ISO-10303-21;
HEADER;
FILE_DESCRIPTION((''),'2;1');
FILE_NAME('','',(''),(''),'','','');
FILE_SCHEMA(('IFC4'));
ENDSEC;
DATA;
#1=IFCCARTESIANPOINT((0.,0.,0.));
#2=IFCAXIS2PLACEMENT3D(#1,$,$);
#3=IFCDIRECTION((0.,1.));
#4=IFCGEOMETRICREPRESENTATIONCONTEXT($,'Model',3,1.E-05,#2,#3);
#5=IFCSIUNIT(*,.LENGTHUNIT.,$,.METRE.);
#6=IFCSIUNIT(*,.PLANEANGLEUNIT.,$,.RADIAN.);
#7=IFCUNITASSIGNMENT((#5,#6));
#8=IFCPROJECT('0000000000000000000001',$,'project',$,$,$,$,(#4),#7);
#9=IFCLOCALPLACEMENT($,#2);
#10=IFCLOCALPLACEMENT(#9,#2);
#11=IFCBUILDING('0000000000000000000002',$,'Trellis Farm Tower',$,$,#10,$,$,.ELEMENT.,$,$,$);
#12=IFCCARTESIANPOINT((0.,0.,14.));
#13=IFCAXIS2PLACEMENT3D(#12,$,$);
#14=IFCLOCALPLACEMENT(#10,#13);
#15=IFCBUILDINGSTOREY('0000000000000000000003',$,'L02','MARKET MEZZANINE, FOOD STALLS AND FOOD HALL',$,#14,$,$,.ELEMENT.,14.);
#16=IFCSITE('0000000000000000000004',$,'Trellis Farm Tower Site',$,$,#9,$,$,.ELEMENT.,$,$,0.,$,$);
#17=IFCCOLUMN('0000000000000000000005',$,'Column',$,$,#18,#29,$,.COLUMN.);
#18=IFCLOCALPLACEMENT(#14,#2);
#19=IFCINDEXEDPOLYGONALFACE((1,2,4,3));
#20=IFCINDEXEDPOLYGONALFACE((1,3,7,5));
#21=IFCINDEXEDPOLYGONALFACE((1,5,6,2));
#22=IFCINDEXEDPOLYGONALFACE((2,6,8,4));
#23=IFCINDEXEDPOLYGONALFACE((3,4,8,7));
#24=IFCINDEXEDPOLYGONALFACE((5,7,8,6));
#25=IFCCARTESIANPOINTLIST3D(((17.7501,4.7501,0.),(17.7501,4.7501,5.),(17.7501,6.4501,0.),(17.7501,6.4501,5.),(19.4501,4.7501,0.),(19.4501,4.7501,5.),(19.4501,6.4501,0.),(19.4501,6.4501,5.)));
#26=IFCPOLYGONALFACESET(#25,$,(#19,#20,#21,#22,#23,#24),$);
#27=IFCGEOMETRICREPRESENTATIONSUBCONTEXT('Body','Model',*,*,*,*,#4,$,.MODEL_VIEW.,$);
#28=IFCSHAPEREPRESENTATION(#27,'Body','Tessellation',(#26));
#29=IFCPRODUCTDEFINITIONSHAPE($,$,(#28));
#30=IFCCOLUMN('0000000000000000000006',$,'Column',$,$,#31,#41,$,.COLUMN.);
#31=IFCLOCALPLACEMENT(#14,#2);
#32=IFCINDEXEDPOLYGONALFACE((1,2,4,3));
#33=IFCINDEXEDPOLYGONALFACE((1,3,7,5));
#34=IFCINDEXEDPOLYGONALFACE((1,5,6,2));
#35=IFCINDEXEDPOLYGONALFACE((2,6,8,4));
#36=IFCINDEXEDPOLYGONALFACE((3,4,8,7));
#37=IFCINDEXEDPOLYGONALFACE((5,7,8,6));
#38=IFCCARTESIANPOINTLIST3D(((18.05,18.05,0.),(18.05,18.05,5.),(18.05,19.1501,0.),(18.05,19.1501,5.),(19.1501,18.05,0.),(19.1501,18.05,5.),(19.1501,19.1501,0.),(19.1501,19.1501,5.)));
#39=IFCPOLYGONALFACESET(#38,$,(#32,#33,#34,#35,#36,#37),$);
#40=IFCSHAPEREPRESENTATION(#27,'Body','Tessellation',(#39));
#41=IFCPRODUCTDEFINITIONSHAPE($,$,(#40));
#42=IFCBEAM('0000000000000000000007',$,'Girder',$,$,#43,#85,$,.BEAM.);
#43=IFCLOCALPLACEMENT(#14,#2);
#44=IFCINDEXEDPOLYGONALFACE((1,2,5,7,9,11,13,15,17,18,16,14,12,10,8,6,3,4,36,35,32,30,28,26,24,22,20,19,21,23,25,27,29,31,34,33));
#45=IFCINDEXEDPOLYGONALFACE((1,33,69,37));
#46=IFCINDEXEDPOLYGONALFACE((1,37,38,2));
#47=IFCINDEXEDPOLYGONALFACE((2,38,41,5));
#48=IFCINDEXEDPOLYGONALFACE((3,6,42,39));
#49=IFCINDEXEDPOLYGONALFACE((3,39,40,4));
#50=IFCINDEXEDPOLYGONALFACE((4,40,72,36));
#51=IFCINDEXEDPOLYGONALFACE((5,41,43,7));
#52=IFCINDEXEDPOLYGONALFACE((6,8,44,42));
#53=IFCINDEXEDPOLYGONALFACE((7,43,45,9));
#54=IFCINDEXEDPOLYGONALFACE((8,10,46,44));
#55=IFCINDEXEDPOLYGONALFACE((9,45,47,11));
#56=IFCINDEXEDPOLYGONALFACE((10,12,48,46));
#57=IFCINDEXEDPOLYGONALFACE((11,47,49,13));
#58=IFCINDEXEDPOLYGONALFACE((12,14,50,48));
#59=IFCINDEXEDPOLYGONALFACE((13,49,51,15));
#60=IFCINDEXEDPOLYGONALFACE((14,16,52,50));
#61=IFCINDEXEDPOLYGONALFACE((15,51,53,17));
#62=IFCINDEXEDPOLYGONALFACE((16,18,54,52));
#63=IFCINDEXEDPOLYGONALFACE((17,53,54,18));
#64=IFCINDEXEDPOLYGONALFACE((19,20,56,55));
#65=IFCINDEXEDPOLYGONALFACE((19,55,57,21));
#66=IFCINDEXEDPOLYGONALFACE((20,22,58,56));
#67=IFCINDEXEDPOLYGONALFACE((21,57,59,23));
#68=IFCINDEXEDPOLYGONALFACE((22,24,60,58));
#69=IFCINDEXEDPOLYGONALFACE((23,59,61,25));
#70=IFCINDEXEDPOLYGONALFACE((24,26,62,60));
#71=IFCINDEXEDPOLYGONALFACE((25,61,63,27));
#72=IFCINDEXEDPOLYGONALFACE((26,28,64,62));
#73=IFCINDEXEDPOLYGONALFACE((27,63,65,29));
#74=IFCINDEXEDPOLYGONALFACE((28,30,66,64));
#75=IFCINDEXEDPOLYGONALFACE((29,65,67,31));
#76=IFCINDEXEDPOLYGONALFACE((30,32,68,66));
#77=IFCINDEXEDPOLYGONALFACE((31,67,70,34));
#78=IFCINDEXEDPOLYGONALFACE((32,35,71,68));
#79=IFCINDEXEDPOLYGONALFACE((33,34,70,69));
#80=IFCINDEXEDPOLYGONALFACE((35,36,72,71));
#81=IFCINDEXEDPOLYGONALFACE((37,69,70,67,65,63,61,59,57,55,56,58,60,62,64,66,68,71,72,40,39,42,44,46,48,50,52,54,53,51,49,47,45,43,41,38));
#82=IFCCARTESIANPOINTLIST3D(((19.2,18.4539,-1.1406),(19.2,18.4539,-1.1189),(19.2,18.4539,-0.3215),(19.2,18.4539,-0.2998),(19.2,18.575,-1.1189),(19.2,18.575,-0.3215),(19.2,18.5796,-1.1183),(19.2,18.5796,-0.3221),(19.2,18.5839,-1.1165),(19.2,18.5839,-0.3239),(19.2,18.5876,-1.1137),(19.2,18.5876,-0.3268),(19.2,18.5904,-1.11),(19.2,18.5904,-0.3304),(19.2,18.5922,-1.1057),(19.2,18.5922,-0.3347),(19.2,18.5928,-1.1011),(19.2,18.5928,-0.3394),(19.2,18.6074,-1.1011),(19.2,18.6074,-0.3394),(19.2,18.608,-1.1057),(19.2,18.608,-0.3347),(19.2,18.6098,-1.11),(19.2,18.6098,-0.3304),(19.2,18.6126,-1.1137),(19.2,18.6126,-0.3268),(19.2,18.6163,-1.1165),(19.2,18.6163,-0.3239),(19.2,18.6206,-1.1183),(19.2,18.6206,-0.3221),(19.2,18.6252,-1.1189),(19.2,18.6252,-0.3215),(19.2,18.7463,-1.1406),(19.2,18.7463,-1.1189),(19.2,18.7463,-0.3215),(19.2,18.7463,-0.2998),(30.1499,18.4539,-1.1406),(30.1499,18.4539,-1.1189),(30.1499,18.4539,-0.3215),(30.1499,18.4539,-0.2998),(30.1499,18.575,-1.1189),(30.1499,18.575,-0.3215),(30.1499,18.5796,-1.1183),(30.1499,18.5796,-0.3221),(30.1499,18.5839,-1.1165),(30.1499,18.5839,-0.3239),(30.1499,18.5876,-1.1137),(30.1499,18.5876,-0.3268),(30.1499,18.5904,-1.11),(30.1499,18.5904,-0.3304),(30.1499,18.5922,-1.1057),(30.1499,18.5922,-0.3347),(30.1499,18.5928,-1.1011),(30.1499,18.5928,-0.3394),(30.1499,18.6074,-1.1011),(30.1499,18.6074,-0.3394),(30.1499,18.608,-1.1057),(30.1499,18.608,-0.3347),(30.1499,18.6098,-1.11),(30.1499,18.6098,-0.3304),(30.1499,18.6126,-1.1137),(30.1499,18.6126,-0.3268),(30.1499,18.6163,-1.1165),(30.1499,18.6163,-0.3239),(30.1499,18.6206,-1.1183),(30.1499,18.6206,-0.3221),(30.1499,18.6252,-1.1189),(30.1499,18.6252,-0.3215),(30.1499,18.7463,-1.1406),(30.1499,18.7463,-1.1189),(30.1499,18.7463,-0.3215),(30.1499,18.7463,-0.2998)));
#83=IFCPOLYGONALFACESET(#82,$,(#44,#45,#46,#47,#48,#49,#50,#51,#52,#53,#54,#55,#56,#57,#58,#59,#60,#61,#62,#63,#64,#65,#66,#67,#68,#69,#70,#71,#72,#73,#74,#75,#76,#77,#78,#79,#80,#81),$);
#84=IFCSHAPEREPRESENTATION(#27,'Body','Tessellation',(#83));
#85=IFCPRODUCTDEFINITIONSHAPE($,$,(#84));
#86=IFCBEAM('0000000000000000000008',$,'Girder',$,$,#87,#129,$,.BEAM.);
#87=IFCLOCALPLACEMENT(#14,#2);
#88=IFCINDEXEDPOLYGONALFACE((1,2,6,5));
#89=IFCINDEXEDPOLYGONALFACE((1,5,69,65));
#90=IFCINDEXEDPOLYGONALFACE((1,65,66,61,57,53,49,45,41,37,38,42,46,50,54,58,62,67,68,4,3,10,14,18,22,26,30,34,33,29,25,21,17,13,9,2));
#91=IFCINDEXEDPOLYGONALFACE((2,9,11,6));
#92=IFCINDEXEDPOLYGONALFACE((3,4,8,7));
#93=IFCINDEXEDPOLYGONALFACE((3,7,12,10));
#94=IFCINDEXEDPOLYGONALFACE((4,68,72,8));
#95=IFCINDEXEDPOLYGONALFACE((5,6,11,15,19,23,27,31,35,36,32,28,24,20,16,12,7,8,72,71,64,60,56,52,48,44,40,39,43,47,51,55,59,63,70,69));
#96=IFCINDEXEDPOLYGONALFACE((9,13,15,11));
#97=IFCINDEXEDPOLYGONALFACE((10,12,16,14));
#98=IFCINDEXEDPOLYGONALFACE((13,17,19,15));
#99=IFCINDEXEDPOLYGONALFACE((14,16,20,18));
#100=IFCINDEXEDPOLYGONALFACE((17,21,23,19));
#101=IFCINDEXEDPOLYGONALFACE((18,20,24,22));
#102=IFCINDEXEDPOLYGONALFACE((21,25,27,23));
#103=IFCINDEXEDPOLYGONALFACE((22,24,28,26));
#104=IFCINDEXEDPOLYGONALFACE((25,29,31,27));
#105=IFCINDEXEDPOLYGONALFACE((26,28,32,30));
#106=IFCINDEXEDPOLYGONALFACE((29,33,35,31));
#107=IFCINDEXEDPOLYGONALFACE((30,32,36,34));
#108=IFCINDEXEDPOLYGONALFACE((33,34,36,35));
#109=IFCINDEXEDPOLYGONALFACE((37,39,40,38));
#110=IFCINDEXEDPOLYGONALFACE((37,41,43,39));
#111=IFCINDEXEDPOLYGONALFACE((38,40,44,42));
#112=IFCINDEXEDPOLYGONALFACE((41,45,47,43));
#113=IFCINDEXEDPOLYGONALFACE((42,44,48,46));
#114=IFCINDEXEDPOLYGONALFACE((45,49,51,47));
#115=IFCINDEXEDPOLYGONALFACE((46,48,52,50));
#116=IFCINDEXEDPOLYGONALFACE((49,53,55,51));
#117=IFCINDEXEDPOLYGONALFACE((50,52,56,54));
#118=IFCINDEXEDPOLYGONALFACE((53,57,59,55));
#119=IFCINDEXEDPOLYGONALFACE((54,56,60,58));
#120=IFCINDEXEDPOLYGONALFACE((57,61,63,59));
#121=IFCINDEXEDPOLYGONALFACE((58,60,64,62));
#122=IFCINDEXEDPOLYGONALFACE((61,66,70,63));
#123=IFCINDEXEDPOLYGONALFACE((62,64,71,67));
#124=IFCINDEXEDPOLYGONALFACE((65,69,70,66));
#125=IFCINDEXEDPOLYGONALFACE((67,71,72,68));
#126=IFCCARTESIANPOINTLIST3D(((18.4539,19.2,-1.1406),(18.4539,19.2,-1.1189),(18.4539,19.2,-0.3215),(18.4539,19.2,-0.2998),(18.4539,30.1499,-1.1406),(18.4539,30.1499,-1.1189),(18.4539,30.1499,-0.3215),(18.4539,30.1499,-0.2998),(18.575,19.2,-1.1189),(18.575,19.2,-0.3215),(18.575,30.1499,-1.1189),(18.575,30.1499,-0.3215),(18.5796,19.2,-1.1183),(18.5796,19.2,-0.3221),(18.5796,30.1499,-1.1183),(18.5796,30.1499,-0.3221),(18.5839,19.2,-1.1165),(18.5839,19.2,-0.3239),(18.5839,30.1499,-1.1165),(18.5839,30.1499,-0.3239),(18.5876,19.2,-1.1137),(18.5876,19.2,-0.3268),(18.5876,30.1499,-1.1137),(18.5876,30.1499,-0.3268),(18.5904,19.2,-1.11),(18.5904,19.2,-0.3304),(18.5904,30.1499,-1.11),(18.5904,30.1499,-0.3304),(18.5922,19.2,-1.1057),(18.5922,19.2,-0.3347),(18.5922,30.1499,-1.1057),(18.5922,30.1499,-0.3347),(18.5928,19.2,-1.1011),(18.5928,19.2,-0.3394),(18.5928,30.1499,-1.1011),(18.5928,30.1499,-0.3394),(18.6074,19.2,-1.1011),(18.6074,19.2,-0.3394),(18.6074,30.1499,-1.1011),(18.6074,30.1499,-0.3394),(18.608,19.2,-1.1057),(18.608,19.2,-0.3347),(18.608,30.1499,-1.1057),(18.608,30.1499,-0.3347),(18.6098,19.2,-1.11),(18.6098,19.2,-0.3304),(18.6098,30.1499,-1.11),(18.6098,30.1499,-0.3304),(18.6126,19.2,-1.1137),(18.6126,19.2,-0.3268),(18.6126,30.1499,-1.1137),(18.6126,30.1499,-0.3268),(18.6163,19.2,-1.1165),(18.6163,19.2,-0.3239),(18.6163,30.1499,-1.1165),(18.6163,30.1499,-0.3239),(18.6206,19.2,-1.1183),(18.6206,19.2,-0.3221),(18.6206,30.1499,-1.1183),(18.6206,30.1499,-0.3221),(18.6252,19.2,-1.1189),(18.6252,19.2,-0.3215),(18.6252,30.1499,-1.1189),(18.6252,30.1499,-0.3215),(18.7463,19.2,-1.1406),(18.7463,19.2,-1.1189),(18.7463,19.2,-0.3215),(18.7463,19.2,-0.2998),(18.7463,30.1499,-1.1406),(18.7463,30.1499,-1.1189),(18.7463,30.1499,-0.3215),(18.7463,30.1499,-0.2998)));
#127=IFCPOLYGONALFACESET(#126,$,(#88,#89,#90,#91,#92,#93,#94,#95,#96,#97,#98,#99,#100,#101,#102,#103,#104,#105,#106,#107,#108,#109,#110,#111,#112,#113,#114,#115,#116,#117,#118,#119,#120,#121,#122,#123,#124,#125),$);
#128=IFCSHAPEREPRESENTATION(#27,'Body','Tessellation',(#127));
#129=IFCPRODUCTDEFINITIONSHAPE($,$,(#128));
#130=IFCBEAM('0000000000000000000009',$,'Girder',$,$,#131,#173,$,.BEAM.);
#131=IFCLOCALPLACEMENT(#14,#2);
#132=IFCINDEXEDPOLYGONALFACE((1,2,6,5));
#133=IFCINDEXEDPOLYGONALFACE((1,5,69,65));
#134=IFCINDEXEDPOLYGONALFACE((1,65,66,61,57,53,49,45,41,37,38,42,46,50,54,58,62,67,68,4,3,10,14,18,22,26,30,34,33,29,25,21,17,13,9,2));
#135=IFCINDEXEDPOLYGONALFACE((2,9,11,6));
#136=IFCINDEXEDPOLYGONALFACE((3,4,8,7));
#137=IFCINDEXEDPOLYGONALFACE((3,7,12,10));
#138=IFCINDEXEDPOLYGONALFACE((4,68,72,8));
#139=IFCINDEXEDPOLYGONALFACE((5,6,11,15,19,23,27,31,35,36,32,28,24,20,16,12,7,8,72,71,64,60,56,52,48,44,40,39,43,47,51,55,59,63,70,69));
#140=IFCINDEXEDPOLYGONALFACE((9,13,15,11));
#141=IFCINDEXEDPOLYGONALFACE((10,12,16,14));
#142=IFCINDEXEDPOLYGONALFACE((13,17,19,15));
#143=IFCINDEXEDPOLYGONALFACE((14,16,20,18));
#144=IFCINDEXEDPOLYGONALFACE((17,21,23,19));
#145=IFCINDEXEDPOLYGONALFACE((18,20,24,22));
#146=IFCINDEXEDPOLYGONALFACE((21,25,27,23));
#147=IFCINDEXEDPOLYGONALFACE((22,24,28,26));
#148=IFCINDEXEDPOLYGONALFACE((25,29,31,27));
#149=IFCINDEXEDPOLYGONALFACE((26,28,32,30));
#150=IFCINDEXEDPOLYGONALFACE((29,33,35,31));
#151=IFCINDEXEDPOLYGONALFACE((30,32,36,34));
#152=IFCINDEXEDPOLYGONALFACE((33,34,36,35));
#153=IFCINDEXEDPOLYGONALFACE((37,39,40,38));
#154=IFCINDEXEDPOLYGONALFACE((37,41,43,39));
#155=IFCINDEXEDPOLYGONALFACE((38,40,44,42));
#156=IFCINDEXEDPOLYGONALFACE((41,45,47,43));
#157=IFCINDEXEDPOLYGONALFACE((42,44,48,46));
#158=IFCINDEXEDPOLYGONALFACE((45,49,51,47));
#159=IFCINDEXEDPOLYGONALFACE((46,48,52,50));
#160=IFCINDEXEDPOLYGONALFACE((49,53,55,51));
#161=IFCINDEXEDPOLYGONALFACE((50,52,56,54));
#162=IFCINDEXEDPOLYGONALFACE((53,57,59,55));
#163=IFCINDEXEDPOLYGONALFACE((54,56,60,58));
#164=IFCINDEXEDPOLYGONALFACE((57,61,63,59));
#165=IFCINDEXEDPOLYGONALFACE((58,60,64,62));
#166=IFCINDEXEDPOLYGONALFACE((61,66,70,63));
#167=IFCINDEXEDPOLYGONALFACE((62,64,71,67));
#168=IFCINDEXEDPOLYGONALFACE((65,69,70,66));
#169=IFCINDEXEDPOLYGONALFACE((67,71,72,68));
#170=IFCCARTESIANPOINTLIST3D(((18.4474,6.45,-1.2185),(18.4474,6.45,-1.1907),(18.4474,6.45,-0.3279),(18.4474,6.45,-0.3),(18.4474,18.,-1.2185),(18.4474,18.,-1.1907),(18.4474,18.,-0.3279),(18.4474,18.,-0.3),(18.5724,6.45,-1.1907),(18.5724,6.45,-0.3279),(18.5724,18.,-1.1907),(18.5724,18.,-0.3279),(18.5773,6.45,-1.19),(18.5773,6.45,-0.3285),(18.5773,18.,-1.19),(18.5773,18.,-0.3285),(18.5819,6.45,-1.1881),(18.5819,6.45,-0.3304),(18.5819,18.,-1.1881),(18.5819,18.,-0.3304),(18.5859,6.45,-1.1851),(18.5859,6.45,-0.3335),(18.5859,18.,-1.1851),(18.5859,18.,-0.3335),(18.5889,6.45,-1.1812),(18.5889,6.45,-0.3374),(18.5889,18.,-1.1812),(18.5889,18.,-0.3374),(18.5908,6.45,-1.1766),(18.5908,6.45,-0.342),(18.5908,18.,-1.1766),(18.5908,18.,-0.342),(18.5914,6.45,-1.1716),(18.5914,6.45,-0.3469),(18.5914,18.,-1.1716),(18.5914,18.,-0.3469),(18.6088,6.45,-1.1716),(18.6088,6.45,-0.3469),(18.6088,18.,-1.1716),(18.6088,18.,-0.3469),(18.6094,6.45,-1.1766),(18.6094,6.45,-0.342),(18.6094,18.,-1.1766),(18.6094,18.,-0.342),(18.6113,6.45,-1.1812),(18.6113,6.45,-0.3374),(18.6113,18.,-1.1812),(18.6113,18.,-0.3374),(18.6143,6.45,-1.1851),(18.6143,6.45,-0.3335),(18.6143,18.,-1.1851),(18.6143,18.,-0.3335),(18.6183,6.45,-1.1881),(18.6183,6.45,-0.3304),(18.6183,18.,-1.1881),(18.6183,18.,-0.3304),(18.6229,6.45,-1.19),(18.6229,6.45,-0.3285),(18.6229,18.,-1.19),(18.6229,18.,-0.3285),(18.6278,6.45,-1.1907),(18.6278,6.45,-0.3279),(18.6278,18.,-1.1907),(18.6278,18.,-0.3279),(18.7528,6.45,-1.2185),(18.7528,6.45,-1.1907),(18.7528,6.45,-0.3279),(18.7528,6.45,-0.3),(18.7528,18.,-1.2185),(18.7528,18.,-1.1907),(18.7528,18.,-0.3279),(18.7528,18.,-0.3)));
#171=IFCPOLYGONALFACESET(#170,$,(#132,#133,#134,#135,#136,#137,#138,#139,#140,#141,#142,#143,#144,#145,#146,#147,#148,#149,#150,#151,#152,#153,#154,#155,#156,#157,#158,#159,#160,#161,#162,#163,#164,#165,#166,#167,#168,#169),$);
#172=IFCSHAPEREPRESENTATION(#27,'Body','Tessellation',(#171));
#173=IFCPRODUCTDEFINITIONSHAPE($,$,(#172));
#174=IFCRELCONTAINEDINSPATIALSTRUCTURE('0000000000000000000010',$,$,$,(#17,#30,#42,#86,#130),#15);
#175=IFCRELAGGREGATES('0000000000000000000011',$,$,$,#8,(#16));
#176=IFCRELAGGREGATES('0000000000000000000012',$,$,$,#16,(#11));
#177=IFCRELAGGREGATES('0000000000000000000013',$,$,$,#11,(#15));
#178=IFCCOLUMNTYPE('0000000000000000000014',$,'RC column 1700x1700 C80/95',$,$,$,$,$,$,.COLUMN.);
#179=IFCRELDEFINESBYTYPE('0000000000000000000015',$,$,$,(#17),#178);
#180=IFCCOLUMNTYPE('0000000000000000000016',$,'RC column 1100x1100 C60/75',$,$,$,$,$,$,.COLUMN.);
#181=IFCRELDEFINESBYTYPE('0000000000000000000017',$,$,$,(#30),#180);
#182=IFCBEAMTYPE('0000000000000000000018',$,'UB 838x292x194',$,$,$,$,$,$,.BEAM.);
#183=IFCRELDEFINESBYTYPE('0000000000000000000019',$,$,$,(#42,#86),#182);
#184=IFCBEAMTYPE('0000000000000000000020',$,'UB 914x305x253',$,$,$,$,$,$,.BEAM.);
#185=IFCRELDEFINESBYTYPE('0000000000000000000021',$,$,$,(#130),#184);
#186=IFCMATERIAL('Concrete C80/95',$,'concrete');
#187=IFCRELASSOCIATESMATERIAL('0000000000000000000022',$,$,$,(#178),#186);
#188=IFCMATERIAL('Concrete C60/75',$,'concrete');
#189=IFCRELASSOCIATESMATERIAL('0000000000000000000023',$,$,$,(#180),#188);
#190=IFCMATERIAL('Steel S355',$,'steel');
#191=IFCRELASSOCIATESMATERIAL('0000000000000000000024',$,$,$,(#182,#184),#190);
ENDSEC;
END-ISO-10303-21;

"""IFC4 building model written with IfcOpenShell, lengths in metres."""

from ifc_helpers import new_model, si_unit, direction, frame, origin, origin_2d, place, context, subcontext, project, spatial, rectangle, i_section, extrude, source, transform, mapped, material, material_profile, profile_set, type_object, element, save


model = new_model("IFC4")

# Units and contexts
model_context = context("Model", 3, precision=1e-05, world=origin(), true_north=direction((0.0, 1.0)))
body_context = subcontext(model_context, "Body", "Model", "MODEL_VIEW")
ifc_project = project(units=[si_unit("LENGTHUNIT", "METRE"), si_unit("PLANEANGLEUNIT", "RADIAN")], contexts=[model_context])

# Site, building, storey
site_placement = place(None, origin())
site = spatial("IfcSite", under=ifc_project, at=site_placement, Name="Trellis Farm Tower Site", CompositionType="ELEMENT", RefElevation=0.0)
building_placement = place(site_placement, origin())
building = spatial("IfcBuilding", under=site, at=building_placement, Name="Trellis Farm Tower", CompositionType="ELEMENT")
storey_placement = place(building_placement, frame((0.0, 0.0, 14.0)))
storey = spatial("IfcBuildingStorey", under=building, at=storey_placement, Name="L02", Description="MARKET MEZZANINE, FOOD STALLS AND FOOD HALL", CompositionType="ELEMENT", Elevation=14.0)

# Columns
ifc_material_1 = material(Name="Concrete C80/95", Category="concrete")
ifc_material_profile_1 = material_profile(ifc_material_1, rectangle(XDim=1.7, YDim=1.7, at=origin_2d()), Name="RC column 1700x1700 C80/95")
ifc_profile_set_1 = profile_set([ifc_material_profile_1], Name="Concrete C80/95")
column_type_1 = type_object("IfcColumnType", Name="RC column 1700x1700 C80/95", PredefinedType="COLUMN", material=ifc_profile_set_1)
shared_shape_1 = source(origin(), body_context, "Body", "SweptSolid", [
    extrude(rectangle(XDim=1.7, YDim=1.7, at=origin_2d()), origin(), (0.0, 0.0, 1.0), 5.0),
])
column_1_placement = place(storey_placement, frame((18.6001, 5.6001, 0.0), z_axis=(0.0, 0.0, 1.0), x_axis=(1.0, 0.0, 0.0)))
element("IfcColumn", 1, at=column_1_placement, inside=storey, type_object=column_type_1, Name="Column", PredefinedType="COLUMN", context=body_context, shape_type="MappedRepresentation", body=[
    mapped(shared_shape_1, transform((0.0, 0.0, 0.0))),
])
ifc_material_2 = material(Name="Concrete C60/75", Category="concrete")
ifc_material_profile_2 = material_profile(ifc_material_2, rectangle(XDim=1.1001, YDim=1.1001, at=origin_2d()), Name="RC column 1100x1100 C60/75")
ifc_profile_set_2 = profile_set([ifc_material_profile_2], Name="Concrete C60/75")
column_type_2 = type_object("IfcColumnType", Name="RC column 1100x1100 C60/75", PredefinedType="COLUMN", material=ifc_profile_set_2)
shared_shape_2 = source(origin(), body_context, "Body", "SweptSolid", [
    extrude(rectangle(XDim=1.1001, YDim=1.1001, at=origin_2d()), origin(), (0.0, 0.0, 1.0), 5.0),
])
column_2_placement = place(storey_placement, frame((18.6001, 18.6001, 0.0), z_axis=(0.0, 0.0, 1.0), x_axis=(1.0, 0.0, 0.0)))
element("IfcColumn", 2, at=column_2_placement, inside=storey, type_object=column_type_2, Name="Column", PredefinedType="COLUMN", context=body_context, shape_type="MappedRepresentation", body=[
    mapped(shared_shape_2, transform((0.0, 0.0, 0.0))),
])

# Beams
ifc_material_3 = material(Name="Steel S355", Category="steel")
ifc_material_profile_3 = material_profile(ifc_material_3, i_section(OverallWidth=0.2925, OverallDepth=0.8408, WebThickness=0.0146, FlangeThickness=0.0217, FilletRadius=0.0178, at=origin_2d()), Name="UB 838x292x194")
ifc_profile_set_3 = profile_set([ifc_material_profile_3], Name="Steel S355")
beam_type_1 = type_object("IfcBeamType", Name="UB 838x292x194", PredefinedType="BEAM", material=ifc_profile_set_3)
shared_shape_3 = source(origin(), body_context, "Body", "SweptSolid", [
    extrude(i_section(OverallWidth=0.2925, OverallDepth=0.8408, WebThickness=0.0146, FlangeThickness=0.0217, FilletRadius=0.0178, at=origin_2d()), origin(), (0.0, 0.0, 1.0), 10.95),
])
for number, where, z_axis, x_axis, name in (
    (3, (19.2, 18.6001, -0.7202), (1.0, 0.0, 0.0), (0.0, 1.0, 0.0), "Girder"),
    (4, (18.6001, 19.2, -0.7202), (0.0, 1.0, 0.0), (-1.0, 0.0, 0.0), "Girder"),
):
    element("IfcBeam", number, at=place(storey_placement, frame(where, z_axis=z_axis, x_axis=x_axis)), inside=storey, type_object=beam_type_1, Name=name, PredefinedType="BEAM", context=body_context, shape_type="MappedRepresentation", body=[
        mapped(shared_shape_3, transform((0.0, 0.0, 0.0))),
    ])
ifc_material_profile_4 = material_profile(ifc_material_3, i_section(OverallWidth=0.3054, OverallDepth=0.9185, WebThickness=0.0173, FlangeThickness=0.0278, FilletRadius=0.019, at=origin_2d()), Name="UB 914x305x253")
ifc_profile_set_4 = profile_set([ifc_material_profile_4], Name="Steel S355")
beam_type_2 = type_object("IfcBeamType", Name="UB 914x305x253", PredefinedType="BEAM", material=ifc_profile_set_4)
shared_shape_4 = source(origin(), body_context, "Body", "SweptSolid", [
    extrude(i_section(OverallWidth=0.3054, OverallDepth=0.9185, WebThickness=0.0173, FlangeThickness=0.0278, FilletRadius=0.019, at=origin_2d()), origin(), (0.0, 0.0, 1.0), 11.55),
])
beam_1_placement = place(storey_placement, frame((18.6001, 6.45, -0.7593), z_axis=(0.0, 1.0, 0.0), x_axis=(-1.0, 0.0, 0.0)))
element("IfcBeam", 5, at=beam_1_placement, inside=storey, type_object=beam_type_2, Name="Girder", PredefinedType="BEAM", context=body_context, shape_type="MappedRepresentation", body=[
    mapped(shared_shape_4, transform((0.0, 0.0, 0.0))),
])

save(model, "model.ifc")
